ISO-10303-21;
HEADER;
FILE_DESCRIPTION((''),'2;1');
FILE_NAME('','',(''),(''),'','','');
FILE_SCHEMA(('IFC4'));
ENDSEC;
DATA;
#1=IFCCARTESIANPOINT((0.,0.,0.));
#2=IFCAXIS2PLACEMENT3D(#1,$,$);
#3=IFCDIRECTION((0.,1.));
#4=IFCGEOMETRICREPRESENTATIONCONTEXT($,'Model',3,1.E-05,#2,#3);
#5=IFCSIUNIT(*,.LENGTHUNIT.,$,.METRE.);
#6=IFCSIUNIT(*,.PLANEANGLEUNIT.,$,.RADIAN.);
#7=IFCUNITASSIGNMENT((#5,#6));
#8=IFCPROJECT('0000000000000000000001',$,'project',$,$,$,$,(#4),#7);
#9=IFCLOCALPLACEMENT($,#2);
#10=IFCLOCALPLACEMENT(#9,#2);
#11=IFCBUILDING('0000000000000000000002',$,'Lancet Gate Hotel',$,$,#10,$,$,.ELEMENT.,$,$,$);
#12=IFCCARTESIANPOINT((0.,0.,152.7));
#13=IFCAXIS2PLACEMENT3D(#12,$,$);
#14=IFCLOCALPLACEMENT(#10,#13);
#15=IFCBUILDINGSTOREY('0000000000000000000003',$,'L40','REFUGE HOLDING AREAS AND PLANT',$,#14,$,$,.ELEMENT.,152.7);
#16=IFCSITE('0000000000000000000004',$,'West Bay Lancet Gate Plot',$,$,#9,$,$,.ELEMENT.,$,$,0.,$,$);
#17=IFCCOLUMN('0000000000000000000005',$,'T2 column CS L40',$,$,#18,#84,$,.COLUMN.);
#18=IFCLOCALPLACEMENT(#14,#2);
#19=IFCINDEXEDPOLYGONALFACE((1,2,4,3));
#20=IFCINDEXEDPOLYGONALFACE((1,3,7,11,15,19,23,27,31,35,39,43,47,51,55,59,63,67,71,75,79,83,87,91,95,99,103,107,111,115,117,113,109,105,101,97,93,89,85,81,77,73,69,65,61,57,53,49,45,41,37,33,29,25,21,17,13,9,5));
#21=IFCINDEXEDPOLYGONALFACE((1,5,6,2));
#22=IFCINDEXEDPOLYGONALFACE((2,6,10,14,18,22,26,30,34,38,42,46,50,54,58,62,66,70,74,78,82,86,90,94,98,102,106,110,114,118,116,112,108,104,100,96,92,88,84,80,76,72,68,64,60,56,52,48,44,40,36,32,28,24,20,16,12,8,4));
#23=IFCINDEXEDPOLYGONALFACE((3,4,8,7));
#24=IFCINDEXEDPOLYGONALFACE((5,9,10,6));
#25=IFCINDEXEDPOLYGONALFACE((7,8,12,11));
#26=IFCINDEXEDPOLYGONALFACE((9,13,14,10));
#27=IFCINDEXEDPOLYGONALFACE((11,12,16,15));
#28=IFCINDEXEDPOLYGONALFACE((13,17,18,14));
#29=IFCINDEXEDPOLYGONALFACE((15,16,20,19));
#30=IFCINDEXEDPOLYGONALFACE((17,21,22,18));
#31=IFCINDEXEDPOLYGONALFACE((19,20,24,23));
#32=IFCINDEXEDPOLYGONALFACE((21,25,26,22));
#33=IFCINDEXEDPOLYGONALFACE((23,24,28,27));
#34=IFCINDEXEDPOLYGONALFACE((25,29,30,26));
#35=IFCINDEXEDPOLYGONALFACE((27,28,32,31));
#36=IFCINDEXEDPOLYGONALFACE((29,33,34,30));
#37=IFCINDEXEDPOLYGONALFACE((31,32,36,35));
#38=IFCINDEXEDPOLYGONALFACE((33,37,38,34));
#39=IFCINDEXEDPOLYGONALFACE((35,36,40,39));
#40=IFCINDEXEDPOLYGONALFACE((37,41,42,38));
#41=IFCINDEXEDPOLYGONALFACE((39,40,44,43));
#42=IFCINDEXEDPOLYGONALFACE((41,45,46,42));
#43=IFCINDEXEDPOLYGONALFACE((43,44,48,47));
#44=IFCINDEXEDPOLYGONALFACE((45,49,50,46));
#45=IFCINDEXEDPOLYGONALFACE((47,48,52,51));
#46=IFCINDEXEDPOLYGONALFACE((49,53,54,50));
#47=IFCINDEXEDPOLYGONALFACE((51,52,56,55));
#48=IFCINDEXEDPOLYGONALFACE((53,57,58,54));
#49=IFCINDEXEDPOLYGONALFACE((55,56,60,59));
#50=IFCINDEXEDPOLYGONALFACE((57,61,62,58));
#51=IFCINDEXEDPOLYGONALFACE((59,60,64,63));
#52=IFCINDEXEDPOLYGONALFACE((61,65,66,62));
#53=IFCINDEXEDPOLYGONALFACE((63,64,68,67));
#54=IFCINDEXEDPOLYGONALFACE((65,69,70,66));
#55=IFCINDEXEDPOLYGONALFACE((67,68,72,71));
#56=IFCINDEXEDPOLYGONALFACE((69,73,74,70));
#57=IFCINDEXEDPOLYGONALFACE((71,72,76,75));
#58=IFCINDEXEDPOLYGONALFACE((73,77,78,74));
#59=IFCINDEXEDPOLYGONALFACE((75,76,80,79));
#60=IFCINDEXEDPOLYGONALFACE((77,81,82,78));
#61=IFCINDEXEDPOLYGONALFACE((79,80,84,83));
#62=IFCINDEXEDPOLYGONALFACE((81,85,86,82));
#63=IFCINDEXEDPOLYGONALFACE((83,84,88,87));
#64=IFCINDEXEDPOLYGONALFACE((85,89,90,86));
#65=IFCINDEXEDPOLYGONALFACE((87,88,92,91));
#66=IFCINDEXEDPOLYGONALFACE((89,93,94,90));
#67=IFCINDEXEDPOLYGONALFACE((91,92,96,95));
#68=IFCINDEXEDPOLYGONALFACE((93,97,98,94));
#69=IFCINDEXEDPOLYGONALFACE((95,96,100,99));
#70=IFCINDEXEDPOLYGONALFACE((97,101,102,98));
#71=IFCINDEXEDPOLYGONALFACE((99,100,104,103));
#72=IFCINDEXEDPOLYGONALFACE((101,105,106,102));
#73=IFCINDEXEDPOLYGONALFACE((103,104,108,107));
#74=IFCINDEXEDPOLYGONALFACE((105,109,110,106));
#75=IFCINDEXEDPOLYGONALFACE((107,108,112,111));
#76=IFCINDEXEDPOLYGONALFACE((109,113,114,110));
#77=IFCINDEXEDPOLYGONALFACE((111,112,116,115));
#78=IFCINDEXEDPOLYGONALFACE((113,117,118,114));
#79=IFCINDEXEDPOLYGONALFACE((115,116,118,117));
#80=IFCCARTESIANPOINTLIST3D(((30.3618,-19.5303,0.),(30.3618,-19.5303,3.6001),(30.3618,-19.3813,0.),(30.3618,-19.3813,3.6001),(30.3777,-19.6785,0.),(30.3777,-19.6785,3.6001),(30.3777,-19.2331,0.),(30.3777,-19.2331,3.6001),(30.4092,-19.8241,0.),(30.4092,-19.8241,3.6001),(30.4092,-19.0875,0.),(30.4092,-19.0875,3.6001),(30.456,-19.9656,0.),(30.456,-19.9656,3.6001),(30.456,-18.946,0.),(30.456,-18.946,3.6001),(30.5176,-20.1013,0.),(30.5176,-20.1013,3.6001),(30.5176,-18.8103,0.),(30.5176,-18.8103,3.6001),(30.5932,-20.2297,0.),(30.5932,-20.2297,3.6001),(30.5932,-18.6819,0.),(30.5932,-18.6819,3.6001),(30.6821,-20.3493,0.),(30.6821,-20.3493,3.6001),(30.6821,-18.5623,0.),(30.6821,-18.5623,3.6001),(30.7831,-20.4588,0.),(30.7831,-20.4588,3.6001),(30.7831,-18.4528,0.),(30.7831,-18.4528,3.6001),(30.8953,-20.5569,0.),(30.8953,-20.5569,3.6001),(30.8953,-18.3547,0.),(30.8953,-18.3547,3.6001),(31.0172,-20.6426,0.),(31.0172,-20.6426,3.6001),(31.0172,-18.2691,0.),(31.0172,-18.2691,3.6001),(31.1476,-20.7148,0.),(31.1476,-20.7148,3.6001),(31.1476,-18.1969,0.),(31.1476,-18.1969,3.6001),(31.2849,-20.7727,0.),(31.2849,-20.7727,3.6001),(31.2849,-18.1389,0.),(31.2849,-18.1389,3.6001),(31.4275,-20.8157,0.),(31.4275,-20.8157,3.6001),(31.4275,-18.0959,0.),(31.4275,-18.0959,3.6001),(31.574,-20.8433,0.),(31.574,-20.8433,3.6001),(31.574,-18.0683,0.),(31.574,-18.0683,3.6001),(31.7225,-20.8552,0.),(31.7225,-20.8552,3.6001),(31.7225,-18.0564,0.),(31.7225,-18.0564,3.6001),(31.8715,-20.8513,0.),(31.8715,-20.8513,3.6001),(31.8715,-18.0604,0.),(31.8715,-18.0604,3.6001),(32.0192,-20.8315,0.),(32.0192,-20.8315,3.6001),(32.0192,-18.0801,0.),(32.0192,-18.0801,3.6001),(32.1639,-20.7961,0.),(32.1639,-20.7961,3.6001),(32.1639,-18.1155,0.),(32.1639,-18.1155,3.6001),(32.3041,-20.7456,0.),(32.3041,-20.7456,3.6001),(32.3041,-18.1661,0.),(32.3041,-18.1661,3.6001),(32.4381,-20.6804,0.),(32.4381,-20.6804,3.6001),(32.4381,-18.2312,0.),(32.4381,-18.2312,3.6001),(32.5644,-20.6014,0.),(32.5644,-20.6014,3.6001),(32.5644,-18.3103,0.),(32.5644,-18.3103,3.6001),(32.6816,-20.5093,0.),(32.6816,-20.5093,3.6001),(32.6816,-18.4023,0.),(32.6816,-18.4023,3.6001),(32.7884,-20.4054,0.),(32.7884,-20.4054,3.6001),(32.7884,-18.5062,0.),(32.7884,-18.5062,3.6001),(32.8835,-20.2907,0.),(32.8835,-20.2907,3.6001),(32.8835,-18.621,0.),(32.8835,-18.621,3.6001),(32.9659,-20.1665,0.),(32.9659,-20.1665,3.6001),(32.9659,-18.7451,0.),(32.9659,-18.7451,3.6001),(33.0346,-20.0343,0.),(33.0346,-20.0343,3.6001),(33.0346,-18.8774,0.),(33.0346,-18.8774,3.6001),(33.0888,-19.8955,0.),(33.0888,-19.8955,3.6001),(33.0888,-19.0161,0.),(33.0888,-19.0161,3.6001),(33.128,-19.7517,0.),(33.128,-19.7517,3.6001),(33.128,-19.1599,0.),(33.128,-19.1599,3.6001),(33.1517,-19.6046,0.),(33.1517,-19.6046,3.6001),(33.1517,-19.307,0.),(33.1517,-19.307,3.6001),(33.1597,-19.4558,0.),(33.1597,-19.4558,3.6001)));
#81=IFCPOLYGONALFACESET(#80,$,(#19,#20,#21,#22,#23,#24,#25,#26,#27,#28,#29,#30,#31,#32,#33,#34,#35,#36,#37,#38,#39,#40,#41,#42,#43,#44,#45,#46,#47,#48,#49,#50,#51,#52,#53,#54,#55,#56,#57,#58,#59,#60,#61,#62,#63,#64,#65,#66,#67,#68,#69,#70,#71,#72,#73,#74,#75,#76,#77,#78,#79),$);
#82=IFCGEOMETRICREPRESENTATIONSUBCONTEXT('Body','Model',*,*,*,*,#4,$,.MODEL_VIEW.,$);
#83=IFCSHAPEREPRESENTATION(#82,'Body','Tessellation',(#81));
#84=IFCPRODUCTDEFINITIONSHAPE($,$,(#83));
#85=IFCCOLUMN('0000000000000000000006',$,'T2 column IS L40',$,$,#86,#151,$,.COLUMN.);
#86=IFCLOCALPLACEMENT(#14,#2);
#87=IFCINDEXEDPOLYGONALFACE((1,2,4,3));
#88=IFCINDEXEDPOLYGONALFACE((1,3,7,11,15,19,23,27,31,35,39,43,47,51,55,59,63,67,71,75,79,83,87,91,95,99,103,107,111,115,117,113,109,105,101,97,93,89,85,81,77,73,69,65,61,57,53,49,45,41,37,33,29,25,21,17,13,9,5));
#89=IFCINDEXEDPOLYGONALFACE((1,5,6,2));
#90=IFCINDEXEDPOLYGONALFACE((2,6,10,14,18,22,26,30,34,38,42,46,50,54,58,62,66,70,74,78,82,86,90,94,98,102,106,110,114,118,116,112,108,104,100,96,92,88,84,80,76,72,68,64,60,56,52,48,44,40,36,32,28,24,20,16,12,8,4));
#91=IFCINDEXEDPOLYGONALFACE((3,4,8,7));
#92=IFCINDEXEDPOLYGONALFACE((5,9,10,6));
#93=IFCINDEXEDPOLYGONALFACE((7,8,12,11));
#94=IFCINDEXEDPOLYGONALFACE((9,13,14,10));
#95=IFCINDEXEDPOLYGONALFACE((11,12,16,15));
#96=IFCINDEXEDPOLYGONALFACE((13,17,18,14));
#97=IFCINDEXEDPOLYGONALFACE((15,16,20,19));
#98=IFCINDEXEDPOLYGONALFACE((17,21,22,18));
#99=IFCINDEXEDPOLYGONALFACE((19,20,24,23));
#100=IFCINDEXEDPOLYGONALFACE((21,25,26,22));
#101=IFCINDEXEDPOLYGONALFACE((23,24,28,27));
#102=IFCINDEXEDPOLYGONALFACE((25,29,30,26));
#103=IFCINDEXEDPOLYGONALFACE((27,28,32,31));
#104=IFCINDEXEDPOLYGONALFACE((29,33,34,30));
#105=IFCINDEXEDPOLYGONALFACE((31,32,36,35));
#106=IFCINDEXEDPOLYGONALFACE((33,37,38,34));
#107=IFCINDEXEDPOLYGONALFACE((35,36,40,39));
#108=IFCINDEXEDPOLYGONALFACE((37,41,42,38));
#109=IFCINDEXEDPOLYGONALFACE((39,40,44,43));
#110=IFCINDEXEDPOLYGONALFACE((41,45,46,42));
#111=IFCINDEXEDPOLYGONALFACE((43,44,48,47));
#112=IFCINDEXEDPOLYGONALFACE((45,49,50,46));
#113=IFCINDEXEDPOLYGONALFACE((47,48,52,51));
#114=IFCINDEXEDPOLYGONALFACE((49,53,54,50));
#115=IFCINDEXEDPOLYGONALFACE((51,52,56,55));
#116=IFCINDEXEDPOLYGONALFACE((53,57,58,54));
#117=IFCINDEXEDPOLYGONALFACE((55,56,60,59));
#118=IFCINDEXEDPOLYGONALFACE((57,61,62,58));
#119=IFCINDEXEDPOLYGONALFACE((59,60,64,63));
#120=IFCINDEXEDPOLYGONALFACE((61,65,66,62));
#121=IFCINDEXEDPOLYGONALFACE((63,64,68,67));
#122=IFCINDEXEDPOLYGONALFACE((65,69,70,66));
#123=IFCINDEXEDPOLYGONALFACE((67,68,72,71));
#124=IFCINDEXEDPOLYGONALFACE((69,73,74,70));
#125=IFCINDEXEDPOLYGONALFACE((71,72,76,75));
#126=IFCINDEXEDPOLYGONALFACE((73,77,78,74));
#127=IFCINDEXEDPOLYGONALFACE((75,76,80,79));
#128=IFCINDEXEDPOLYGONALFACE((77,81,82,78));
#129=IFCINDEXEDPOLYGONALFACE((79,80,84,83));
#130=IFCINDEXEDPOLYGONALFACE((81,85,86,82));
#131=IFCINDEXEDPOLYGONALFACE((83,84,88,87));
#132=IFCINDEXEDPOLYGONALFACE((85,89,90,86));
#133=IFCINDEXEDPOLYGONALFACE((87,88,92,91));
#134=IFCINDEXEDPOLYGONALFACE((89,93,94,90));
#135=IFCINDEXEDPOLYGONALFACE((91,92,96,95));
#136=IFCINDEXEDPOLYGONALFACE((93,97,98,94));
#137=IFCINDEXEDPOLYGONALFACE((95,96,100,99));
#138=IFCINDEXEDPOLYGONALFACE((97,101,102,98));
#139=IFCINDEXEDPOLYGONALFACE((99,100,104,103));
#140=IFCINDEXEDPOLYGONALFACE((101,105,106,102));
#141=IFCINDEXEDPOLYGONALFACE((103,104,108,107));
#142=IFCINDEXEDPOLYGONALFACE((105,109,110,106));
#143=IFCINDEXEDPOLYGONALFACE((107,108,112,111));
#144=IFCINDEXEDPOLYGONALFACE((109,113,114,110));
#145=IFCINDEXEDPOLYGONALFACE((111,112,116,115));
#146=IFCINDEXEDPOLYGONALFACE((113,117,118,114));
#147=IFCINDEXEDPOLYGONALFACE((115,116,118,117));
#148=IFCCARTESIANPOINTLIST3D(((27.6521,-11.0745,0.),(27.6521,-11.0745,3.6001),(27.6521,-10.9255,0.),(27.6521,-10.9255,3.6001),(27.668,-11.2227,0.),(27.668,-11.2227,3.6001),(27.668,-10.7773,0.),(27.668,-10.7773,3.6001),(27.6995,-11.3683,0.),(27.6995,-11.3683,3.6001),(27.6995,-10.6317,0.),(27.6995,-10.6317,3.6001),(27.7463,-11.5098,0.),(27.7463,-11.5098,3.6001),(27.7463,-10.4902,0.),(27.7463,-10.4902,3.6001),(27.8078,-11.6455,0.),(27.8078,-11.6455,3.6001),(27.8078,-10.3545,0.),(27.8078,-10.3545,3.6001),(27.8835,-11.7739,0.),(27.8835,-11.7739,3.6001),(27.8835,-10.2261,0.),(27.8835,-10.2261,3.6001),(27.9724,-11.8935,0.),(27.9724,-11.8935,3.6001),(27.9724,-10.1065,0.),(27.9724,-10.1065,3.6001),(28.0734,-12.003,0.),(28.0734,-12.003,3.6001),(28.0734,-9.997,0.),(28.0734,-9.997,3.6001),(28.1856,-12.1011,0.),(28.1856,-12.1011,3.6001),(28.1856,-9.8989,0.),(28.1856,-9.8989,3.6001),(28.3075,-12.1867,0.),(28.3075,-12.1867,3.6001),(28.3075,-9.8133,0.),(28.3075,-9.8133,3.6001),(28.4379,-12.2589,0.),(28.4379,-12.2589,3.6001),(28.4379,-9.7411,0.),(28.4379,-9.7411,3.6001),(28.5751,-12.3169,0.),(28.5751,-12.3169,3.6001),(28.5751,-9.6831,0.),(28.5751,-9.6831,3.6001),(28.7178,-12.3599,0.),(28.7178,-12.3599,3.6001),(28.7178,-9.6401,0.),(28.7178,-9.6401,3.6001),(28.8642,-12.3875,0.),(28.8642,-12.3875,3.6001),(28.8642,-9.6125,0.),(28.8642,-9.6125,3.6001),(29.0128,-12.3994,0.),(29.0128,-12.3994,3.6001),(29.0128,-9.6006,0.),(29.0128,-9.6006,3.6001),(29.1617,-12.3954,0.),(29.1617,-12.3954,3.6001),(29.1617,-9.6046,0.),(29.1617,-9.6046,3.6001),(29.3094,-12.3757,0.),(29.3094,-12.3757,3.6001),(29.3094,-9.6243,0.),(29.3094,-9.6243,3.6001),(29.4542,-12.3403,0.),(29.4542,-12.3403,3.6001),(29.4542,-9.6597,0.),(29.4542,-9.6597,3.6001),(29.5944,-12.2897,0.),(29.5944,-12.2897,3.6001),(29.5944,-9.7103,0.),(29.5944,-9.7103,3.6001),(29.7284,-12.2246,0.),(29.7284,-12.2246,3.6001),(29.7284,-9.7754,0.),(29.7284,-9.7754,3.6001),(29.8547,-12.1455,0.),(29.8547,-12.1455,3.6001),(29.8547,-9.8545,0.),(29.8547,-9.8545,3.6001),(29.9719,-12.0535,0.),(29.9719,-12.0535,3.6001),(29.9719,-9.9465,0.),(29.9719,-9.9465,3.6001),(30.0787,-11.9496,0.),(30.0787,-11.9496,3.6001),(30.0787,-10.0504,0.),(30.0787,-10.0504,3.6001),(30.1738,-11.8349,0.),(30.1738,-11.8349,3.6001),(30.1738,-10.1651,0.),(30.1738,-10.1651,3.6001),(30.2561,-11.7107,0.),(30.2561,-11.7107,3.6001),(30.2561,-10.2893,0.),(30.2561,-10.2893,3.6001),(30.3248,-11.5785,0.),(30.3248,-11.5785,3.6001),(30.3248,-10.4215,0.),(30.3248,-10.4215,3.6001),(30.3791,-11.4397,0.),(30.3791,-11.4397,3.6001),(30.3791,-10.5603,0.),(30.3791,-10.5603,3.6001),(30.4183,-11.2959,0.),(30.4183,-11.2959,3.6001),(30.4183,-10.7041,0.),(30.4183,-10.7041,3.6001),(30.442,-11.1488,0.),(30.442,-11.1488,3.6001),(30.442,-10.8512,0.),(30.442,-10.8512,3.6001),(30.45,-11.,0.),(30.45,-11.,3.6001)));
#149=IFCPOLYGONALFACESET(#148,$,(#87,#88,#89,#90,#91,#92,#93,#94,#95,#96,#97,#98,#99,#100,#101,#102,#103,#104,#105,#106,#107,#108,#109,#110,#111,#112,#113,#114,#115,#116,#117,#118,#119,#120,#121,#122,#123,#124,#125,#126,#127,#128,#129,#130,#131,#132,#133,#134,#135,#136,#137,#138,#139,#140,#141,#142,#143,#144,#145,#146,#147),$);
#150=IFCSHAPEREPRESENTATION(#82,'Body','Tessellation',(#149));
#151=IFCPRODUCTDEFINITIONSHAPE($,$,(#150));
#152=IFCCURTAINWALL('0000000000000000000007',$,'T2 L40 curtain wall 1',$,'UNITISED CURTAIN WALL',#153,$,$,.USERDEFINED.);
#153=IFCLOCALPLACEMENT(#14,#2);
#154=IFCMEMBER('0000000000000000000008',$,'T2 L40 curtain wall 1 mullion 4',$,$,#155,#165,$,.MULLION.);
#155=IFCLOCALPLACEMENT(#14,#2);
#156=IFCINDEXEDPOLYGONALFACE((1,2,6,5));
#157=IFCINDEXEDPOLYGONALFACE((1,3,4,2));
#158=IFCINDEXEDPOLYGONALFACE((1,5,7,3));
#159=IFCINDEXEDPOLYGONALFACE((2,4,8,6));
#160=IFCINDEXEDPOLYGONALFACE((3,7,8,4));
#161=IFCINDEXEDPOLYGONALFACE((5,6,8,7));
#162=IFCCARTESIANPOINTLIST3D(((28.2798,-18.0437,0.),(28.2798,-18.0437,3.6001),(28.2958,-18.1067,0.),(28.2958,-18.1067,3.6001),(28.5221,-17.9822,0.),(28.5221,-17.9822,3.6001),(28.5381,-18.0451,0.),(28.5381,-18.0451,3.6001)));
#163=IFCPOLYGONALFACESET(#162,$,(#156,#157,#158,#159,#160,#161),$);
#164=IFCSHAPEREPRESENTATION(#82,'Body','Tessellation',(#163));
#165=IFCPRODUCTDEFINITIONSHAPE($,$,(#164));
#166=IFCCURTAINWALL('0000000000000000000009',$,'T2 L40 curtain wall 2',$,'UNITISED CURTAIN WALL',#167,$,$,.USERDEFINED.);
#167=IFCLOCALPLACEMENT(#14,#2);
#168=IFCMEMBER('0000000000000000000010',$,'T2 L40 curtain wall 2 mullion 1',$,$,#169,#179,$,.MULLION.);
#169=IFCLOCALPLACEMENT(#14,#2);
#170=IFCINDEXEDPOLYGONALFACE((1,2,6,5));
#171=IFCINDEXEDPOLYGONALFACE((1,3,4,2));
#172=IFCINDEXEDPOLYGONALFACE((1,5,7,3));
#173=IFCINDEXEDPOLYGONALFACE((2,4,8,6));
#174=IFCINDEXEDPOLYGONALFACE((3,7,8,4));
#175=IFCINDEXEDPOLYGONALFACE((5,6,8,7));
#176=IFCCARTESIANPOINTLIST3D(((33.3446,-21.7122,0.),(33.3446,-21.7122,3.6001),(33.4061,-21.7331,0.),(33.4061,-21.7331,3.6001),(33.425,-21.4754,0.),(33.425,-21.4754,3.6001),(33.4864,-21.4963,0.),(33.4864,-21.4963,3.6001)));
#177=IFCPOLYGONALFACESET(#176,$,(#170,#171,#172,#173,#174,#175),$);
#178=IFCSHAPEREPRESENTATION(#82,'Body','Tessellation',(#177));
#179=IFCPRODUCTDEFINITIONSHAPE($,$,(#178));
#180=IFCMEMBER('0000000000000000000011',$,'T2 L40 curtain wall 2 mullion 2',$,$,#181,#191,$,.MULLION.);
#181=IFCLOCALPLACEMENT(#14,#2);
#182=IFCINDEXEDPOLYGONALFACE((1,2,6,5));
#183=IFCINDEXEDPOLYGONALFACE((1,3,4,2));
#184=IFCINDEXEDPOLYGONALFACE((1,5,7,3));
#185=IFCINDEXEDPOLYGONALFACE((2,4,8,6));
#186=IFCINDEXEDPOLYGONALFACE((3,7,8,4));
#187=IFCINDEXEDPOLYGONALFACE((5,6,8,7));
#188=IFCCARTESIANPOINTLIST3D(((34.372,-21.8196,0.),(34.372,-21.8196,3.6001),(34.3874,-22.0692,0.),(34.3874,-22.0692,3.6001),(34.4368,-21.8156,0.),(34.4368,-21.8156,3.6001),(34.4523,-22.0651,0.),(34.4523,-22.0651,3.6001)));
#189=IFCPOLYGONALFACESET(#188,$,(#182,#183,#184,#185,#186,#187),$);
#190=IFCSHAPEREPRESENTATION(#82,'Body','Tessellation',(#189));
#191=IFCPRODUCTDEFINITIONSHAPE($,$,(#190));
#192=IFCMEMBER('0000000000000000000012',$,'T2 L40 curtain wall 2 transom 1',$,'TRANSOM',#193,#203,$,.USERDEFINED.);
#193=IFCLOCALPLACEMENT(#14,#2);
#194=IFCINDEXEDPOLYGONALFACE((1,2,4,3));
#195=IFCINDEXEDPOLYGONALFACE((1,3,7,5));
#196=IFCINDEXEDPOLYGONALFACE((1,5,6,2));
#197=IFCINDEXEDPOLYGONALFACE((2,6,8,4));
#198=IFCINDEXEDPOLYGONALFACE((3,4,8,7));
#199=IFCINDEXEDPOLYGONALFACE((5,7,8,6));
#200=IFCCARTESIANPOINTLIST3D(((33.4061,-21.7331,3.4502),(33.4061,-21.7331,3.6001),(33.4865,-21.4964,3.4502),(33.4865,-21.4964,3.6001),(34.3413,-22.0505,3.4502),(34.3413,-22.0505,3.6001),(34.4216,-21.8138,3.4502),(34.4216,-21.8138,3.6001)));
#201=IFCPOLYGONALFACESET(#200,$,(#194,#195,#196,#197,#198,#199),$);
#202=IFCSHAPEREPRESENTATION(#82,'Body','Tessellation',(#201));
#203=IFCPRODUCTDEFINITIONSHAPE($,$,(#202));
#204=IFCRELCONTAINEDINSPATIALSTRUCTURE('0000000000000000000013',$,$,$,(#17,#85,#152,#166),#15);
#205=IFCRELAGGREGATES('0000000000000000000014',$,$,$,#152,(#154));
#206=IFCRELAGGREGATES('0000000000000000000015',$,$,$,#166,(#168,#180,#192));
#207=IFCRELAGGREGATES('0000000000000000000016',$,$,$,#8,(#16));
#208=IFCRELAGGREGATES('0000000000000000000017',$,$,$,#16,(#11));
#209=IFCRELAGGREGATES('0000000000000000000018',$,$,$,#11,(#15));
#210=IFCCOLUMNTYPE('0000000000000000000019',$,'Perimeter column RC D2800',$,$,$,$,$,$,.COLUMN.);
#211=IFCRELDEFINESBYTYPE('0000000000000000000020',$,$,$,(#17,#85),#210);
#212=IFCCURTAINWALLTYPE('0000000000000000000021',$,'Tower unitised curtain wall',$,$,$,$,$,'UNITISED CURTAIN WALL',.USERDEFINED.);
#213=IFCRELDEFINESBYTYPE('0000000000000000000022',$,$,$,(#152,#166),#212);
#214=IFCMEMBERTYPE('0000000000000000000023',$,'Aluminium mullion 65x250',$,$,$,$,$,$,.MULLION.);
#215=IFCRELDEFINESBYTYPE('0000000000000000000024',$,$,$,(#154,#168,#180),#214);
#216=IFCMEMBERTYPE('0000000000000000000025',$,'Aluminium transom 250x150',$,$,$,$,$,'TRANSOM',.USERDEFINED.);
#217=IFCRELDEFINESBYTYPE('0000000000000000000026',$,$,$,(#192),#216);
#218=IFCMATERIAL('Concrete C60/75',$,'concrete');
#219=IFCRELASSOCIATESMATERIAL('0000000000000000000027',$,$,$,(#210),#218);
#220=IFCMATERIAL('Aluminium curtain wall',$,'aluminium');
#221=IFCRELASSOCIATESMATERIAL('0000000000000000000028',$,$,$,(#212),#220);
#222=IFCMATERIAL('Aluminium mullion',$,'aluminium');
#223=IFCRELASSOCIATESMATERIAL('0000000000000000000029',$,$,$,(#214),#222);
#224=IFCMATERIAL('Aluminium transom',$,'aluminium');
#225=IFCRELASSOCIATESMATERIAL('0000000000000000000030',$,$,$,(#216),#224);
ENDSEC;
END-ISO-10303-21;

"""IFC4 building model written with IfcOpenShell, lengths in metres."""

from ifc_helpers import new_model, si_unit, direction, frame, origin, origin_2d, place, context, subcontext, project, spatial, rectangle, circle, extrude, material, material_profile, profile_set, type_object, element, aggregate, save


model = new_model("IFC4")

# Units and contexts
model_context = context("Model", 3, precision=1e-05, world=origin(), true_north=direction((0.0, 1.0)))
body_context = subcontext(model_context, "Body", "Model", "MODEL_VIEW")
ifc_project = project(units=[si_unit("LENGTHUNIT", "METRE"), si_unit("PLANEANGLEUNIT", "RADIAN")], contexts=[model_context])

# Site, building, storey
site_placement = place(None, origin())
site = spatial("IfcSite", under=ifc_project, at=site_placement, Name="West Bay Lancet Gate Plot", CompositionType="ELEMENT", RefElevation=0.0)
building_placement = place(site_placement, origin())
building = spatial("IfcBuilding", under=site, at=building_placement, Name="Lancet Gate Hotel", CompositionType="ELEMENT")
storey_placement = place(building_placement, frame((0.0, 0.0, 152.7)))
storey = spatial("IfcBuildingStorey", under=building, at=storey_placement, Name="L40", Description="REFUGE HOLDING AREAS AND PLANT", CompositionType="ELEMENT", Elevation=152.7)

# Columns
ifc_material_1 = material(Name="Concrete C60/75", Category="concrete")
ifc_material_profile_1 = material_profile(ifc_material_1, circle(Radius=1.3999, at=origin_2d()), Name="RC D2800")
ifc_profile_set_1 = profile_set([ifc_material_profile_1], Name="Concrete C60/75")
column_type = type_object("IfcColumnType", Name="Perimeter column RC D2800", PredefinedType="COLUMN", material=ifc_profile_set_1)
for number, where, z_axis, x_axis, name in (
    (1, (31.7598, -19.4558, 0.0), (0.0, 0.0, 1.0), (1.0, 0.0, 0.0), "T2 column CS L40"),
    (2, (29.05, -11.0, 0.0), (0.0, 0.0, 1.0), (1.0, 0.0, 0.0), "T2 column IS L40"),
):
    element("IfcColumn", number, at=place(storey_placement, frame(where, z_axis=z_axis, x_axis=x_axis)), inside=storey, type_object=column_type, Name=name, PredefinedType="COLUMN", context=body_context, shape_type="SweptSolid", body=[
        extrude(circle(Radius=1.3999, at=origin_2d()), origin(), (0.0, 0.0, 1.0), 3.6001),
    ])

# Curtain wall, member
ifc_material_2 = material(Name="Aluminium curtain wall", Category="aluminium")
curtain_wall_type = type_object("IfcCurtainWallType", Name="Tower unitised curtain wall", ElementType="UNITISED CURTAIN WALL", PredefinedType="USERDEFINED", material=ifc_material_2)
curtain_wall_1_placement = place(storey_placement, origin())
curtain_wall_1 = element("IfcCurtainWall", 3, at=curtain_wall_1_placement, inside=storey, type_object=curtain_wall_type, Name="T2 L40 curtain wall 1", ObjectType="UNITISED CURTAIN WALL", PredefinedType="USERDEFINED")
ifc_material_3 = material(Name="Aluminium mullion", Category="aluminium")
ifc_material_profile_2 = material_profile(ifc_material_3, rectangle(XDim=0.0649, YDim=0.25, at=origin_2d()), Name="MULLION 65x250")
ifc_profile_set_2 = profile_set([ifc_material_profile_2], Name="Aluminium mullion")
member_type_1 = type_object("IfcMemberType", Name="Aluminium mullion 65x250", PredefinedType="MULLION", material=ifc_profile_set_2)
member_1_placement = place(storey_placement, frame((28.4089, -18.0444, 0.0), z_axis=(0.0, 0.0, 1.0), x_axis=(0.246167, -0.969228, 0.0)))
member_1 = element("IfcMember", 4, at=member_1_placement, type_object=member_type_1, Name="T2 L40 curtain wall 1 mullion 4", PredefinedType="MULLION", context=body_context, shape_type="SweptSolid", body=[
    extrude(rectangle(XDim=0.0649, YDim=0.25, at=origin_2d()), origin(), (0.0, 0.0, 1.0), 3.6001),
])
aggregate(curtain_wall_1, [member_1])

# Curtain wall, members
curtain_wall_2_placement = place(storey_placement, origin())
curtain_wall_2 = element("IfcCurtainWall", 5, at=curtain_wall_2_placement, inside=storey, type_object=curtain_wall_type, Name="T2 L40 curtain wall 2", ObjectType="UNITISED CURTAIN WALL", PredefinedType="USERDEFINED")
member_2_placement = place(storey_placement, frame((33.4155, -21.6042, 0.0), z_axis=(0.0, 0.0, 1.0), x_axis=(0.946952, -0.321374, 0.0)))
member_2 = element("IfcMember", 6, at=member_2_placement, type_object=member_type_1, Name="T2 L40 curtain wall 2 mullion 1", PredefinedType="MULLION", context=body_context, shape_type="SweptSolid", body=[
    extrude(rectangle(XDim=0.0649, YDim=0.25, at=origin_2d()), origin(), (0.0, 0.0, 1.0), 3.6001),
])
member_3_placement = place(storey_placement, frame((34.4121, -21.9424, 0.0), z_axis=(0.0, 0.0, 1.0), x_axis=(0.998084, 0.061879, 0.0)))
member_3 = element("IfcMember", 7, at=member_3_placement, type_object=member_type_1, Name="T2 L40 curtain wall 2 mullion 2", PredefinedType="MULLION", context=body_context, shape_type="SweptSolid", body=[
    extrude(rectangle(XDim=0.0649, YDim=0.25, at=origin_2d()), origin(), (0.0, 0.0, 1.0), 3.6001),
])
ifc_material_4 = material(Name="Aluminium transom", Category="aluminium")
ifc_material_profile_3 = material_profile(ifc_material_4, rectangle(XDim=0.25, YDim=0.1499, at=origin_2d()), Name="TRANSOM 250x150")
ifc_profile_set_3 = profile_set([ifc_material_profile_3], Name="Aluminium transom")
member_type_2 = type_object("IfcMemberType", Name="Aluminium transom 250x150", ElementType="TRANSOM", PredefinedType="USERDEFINED", material=ifc_profile_set_3)
member_4_placement = place(storey_placement, frame((33.4463, -21.6147, 3.5251), z_axis=(0.946938, -0.321415, 0.0), x_axis=(0.321415, 0.946938, 0.0)))
member_4 = element("IfcMember", 8, at=member_4_placement, type_object=member_type_2, Name="T2 L40 curtain wall 2 transom 1", ObjectType="TRANSOM", PredefinedType="USERDEFINED", context=body_context, shape_type="SweptSolid", body=[
    extrude(rectangle(XDim=0.25, YDim=0.1499, at=origin_2d()), origin(), (0.0, 0.0, 1.0), 0.9875),
])

aggregate(curtain_wall_2, [member_2, member_3, member_4])

save(model, "model.ifc")
